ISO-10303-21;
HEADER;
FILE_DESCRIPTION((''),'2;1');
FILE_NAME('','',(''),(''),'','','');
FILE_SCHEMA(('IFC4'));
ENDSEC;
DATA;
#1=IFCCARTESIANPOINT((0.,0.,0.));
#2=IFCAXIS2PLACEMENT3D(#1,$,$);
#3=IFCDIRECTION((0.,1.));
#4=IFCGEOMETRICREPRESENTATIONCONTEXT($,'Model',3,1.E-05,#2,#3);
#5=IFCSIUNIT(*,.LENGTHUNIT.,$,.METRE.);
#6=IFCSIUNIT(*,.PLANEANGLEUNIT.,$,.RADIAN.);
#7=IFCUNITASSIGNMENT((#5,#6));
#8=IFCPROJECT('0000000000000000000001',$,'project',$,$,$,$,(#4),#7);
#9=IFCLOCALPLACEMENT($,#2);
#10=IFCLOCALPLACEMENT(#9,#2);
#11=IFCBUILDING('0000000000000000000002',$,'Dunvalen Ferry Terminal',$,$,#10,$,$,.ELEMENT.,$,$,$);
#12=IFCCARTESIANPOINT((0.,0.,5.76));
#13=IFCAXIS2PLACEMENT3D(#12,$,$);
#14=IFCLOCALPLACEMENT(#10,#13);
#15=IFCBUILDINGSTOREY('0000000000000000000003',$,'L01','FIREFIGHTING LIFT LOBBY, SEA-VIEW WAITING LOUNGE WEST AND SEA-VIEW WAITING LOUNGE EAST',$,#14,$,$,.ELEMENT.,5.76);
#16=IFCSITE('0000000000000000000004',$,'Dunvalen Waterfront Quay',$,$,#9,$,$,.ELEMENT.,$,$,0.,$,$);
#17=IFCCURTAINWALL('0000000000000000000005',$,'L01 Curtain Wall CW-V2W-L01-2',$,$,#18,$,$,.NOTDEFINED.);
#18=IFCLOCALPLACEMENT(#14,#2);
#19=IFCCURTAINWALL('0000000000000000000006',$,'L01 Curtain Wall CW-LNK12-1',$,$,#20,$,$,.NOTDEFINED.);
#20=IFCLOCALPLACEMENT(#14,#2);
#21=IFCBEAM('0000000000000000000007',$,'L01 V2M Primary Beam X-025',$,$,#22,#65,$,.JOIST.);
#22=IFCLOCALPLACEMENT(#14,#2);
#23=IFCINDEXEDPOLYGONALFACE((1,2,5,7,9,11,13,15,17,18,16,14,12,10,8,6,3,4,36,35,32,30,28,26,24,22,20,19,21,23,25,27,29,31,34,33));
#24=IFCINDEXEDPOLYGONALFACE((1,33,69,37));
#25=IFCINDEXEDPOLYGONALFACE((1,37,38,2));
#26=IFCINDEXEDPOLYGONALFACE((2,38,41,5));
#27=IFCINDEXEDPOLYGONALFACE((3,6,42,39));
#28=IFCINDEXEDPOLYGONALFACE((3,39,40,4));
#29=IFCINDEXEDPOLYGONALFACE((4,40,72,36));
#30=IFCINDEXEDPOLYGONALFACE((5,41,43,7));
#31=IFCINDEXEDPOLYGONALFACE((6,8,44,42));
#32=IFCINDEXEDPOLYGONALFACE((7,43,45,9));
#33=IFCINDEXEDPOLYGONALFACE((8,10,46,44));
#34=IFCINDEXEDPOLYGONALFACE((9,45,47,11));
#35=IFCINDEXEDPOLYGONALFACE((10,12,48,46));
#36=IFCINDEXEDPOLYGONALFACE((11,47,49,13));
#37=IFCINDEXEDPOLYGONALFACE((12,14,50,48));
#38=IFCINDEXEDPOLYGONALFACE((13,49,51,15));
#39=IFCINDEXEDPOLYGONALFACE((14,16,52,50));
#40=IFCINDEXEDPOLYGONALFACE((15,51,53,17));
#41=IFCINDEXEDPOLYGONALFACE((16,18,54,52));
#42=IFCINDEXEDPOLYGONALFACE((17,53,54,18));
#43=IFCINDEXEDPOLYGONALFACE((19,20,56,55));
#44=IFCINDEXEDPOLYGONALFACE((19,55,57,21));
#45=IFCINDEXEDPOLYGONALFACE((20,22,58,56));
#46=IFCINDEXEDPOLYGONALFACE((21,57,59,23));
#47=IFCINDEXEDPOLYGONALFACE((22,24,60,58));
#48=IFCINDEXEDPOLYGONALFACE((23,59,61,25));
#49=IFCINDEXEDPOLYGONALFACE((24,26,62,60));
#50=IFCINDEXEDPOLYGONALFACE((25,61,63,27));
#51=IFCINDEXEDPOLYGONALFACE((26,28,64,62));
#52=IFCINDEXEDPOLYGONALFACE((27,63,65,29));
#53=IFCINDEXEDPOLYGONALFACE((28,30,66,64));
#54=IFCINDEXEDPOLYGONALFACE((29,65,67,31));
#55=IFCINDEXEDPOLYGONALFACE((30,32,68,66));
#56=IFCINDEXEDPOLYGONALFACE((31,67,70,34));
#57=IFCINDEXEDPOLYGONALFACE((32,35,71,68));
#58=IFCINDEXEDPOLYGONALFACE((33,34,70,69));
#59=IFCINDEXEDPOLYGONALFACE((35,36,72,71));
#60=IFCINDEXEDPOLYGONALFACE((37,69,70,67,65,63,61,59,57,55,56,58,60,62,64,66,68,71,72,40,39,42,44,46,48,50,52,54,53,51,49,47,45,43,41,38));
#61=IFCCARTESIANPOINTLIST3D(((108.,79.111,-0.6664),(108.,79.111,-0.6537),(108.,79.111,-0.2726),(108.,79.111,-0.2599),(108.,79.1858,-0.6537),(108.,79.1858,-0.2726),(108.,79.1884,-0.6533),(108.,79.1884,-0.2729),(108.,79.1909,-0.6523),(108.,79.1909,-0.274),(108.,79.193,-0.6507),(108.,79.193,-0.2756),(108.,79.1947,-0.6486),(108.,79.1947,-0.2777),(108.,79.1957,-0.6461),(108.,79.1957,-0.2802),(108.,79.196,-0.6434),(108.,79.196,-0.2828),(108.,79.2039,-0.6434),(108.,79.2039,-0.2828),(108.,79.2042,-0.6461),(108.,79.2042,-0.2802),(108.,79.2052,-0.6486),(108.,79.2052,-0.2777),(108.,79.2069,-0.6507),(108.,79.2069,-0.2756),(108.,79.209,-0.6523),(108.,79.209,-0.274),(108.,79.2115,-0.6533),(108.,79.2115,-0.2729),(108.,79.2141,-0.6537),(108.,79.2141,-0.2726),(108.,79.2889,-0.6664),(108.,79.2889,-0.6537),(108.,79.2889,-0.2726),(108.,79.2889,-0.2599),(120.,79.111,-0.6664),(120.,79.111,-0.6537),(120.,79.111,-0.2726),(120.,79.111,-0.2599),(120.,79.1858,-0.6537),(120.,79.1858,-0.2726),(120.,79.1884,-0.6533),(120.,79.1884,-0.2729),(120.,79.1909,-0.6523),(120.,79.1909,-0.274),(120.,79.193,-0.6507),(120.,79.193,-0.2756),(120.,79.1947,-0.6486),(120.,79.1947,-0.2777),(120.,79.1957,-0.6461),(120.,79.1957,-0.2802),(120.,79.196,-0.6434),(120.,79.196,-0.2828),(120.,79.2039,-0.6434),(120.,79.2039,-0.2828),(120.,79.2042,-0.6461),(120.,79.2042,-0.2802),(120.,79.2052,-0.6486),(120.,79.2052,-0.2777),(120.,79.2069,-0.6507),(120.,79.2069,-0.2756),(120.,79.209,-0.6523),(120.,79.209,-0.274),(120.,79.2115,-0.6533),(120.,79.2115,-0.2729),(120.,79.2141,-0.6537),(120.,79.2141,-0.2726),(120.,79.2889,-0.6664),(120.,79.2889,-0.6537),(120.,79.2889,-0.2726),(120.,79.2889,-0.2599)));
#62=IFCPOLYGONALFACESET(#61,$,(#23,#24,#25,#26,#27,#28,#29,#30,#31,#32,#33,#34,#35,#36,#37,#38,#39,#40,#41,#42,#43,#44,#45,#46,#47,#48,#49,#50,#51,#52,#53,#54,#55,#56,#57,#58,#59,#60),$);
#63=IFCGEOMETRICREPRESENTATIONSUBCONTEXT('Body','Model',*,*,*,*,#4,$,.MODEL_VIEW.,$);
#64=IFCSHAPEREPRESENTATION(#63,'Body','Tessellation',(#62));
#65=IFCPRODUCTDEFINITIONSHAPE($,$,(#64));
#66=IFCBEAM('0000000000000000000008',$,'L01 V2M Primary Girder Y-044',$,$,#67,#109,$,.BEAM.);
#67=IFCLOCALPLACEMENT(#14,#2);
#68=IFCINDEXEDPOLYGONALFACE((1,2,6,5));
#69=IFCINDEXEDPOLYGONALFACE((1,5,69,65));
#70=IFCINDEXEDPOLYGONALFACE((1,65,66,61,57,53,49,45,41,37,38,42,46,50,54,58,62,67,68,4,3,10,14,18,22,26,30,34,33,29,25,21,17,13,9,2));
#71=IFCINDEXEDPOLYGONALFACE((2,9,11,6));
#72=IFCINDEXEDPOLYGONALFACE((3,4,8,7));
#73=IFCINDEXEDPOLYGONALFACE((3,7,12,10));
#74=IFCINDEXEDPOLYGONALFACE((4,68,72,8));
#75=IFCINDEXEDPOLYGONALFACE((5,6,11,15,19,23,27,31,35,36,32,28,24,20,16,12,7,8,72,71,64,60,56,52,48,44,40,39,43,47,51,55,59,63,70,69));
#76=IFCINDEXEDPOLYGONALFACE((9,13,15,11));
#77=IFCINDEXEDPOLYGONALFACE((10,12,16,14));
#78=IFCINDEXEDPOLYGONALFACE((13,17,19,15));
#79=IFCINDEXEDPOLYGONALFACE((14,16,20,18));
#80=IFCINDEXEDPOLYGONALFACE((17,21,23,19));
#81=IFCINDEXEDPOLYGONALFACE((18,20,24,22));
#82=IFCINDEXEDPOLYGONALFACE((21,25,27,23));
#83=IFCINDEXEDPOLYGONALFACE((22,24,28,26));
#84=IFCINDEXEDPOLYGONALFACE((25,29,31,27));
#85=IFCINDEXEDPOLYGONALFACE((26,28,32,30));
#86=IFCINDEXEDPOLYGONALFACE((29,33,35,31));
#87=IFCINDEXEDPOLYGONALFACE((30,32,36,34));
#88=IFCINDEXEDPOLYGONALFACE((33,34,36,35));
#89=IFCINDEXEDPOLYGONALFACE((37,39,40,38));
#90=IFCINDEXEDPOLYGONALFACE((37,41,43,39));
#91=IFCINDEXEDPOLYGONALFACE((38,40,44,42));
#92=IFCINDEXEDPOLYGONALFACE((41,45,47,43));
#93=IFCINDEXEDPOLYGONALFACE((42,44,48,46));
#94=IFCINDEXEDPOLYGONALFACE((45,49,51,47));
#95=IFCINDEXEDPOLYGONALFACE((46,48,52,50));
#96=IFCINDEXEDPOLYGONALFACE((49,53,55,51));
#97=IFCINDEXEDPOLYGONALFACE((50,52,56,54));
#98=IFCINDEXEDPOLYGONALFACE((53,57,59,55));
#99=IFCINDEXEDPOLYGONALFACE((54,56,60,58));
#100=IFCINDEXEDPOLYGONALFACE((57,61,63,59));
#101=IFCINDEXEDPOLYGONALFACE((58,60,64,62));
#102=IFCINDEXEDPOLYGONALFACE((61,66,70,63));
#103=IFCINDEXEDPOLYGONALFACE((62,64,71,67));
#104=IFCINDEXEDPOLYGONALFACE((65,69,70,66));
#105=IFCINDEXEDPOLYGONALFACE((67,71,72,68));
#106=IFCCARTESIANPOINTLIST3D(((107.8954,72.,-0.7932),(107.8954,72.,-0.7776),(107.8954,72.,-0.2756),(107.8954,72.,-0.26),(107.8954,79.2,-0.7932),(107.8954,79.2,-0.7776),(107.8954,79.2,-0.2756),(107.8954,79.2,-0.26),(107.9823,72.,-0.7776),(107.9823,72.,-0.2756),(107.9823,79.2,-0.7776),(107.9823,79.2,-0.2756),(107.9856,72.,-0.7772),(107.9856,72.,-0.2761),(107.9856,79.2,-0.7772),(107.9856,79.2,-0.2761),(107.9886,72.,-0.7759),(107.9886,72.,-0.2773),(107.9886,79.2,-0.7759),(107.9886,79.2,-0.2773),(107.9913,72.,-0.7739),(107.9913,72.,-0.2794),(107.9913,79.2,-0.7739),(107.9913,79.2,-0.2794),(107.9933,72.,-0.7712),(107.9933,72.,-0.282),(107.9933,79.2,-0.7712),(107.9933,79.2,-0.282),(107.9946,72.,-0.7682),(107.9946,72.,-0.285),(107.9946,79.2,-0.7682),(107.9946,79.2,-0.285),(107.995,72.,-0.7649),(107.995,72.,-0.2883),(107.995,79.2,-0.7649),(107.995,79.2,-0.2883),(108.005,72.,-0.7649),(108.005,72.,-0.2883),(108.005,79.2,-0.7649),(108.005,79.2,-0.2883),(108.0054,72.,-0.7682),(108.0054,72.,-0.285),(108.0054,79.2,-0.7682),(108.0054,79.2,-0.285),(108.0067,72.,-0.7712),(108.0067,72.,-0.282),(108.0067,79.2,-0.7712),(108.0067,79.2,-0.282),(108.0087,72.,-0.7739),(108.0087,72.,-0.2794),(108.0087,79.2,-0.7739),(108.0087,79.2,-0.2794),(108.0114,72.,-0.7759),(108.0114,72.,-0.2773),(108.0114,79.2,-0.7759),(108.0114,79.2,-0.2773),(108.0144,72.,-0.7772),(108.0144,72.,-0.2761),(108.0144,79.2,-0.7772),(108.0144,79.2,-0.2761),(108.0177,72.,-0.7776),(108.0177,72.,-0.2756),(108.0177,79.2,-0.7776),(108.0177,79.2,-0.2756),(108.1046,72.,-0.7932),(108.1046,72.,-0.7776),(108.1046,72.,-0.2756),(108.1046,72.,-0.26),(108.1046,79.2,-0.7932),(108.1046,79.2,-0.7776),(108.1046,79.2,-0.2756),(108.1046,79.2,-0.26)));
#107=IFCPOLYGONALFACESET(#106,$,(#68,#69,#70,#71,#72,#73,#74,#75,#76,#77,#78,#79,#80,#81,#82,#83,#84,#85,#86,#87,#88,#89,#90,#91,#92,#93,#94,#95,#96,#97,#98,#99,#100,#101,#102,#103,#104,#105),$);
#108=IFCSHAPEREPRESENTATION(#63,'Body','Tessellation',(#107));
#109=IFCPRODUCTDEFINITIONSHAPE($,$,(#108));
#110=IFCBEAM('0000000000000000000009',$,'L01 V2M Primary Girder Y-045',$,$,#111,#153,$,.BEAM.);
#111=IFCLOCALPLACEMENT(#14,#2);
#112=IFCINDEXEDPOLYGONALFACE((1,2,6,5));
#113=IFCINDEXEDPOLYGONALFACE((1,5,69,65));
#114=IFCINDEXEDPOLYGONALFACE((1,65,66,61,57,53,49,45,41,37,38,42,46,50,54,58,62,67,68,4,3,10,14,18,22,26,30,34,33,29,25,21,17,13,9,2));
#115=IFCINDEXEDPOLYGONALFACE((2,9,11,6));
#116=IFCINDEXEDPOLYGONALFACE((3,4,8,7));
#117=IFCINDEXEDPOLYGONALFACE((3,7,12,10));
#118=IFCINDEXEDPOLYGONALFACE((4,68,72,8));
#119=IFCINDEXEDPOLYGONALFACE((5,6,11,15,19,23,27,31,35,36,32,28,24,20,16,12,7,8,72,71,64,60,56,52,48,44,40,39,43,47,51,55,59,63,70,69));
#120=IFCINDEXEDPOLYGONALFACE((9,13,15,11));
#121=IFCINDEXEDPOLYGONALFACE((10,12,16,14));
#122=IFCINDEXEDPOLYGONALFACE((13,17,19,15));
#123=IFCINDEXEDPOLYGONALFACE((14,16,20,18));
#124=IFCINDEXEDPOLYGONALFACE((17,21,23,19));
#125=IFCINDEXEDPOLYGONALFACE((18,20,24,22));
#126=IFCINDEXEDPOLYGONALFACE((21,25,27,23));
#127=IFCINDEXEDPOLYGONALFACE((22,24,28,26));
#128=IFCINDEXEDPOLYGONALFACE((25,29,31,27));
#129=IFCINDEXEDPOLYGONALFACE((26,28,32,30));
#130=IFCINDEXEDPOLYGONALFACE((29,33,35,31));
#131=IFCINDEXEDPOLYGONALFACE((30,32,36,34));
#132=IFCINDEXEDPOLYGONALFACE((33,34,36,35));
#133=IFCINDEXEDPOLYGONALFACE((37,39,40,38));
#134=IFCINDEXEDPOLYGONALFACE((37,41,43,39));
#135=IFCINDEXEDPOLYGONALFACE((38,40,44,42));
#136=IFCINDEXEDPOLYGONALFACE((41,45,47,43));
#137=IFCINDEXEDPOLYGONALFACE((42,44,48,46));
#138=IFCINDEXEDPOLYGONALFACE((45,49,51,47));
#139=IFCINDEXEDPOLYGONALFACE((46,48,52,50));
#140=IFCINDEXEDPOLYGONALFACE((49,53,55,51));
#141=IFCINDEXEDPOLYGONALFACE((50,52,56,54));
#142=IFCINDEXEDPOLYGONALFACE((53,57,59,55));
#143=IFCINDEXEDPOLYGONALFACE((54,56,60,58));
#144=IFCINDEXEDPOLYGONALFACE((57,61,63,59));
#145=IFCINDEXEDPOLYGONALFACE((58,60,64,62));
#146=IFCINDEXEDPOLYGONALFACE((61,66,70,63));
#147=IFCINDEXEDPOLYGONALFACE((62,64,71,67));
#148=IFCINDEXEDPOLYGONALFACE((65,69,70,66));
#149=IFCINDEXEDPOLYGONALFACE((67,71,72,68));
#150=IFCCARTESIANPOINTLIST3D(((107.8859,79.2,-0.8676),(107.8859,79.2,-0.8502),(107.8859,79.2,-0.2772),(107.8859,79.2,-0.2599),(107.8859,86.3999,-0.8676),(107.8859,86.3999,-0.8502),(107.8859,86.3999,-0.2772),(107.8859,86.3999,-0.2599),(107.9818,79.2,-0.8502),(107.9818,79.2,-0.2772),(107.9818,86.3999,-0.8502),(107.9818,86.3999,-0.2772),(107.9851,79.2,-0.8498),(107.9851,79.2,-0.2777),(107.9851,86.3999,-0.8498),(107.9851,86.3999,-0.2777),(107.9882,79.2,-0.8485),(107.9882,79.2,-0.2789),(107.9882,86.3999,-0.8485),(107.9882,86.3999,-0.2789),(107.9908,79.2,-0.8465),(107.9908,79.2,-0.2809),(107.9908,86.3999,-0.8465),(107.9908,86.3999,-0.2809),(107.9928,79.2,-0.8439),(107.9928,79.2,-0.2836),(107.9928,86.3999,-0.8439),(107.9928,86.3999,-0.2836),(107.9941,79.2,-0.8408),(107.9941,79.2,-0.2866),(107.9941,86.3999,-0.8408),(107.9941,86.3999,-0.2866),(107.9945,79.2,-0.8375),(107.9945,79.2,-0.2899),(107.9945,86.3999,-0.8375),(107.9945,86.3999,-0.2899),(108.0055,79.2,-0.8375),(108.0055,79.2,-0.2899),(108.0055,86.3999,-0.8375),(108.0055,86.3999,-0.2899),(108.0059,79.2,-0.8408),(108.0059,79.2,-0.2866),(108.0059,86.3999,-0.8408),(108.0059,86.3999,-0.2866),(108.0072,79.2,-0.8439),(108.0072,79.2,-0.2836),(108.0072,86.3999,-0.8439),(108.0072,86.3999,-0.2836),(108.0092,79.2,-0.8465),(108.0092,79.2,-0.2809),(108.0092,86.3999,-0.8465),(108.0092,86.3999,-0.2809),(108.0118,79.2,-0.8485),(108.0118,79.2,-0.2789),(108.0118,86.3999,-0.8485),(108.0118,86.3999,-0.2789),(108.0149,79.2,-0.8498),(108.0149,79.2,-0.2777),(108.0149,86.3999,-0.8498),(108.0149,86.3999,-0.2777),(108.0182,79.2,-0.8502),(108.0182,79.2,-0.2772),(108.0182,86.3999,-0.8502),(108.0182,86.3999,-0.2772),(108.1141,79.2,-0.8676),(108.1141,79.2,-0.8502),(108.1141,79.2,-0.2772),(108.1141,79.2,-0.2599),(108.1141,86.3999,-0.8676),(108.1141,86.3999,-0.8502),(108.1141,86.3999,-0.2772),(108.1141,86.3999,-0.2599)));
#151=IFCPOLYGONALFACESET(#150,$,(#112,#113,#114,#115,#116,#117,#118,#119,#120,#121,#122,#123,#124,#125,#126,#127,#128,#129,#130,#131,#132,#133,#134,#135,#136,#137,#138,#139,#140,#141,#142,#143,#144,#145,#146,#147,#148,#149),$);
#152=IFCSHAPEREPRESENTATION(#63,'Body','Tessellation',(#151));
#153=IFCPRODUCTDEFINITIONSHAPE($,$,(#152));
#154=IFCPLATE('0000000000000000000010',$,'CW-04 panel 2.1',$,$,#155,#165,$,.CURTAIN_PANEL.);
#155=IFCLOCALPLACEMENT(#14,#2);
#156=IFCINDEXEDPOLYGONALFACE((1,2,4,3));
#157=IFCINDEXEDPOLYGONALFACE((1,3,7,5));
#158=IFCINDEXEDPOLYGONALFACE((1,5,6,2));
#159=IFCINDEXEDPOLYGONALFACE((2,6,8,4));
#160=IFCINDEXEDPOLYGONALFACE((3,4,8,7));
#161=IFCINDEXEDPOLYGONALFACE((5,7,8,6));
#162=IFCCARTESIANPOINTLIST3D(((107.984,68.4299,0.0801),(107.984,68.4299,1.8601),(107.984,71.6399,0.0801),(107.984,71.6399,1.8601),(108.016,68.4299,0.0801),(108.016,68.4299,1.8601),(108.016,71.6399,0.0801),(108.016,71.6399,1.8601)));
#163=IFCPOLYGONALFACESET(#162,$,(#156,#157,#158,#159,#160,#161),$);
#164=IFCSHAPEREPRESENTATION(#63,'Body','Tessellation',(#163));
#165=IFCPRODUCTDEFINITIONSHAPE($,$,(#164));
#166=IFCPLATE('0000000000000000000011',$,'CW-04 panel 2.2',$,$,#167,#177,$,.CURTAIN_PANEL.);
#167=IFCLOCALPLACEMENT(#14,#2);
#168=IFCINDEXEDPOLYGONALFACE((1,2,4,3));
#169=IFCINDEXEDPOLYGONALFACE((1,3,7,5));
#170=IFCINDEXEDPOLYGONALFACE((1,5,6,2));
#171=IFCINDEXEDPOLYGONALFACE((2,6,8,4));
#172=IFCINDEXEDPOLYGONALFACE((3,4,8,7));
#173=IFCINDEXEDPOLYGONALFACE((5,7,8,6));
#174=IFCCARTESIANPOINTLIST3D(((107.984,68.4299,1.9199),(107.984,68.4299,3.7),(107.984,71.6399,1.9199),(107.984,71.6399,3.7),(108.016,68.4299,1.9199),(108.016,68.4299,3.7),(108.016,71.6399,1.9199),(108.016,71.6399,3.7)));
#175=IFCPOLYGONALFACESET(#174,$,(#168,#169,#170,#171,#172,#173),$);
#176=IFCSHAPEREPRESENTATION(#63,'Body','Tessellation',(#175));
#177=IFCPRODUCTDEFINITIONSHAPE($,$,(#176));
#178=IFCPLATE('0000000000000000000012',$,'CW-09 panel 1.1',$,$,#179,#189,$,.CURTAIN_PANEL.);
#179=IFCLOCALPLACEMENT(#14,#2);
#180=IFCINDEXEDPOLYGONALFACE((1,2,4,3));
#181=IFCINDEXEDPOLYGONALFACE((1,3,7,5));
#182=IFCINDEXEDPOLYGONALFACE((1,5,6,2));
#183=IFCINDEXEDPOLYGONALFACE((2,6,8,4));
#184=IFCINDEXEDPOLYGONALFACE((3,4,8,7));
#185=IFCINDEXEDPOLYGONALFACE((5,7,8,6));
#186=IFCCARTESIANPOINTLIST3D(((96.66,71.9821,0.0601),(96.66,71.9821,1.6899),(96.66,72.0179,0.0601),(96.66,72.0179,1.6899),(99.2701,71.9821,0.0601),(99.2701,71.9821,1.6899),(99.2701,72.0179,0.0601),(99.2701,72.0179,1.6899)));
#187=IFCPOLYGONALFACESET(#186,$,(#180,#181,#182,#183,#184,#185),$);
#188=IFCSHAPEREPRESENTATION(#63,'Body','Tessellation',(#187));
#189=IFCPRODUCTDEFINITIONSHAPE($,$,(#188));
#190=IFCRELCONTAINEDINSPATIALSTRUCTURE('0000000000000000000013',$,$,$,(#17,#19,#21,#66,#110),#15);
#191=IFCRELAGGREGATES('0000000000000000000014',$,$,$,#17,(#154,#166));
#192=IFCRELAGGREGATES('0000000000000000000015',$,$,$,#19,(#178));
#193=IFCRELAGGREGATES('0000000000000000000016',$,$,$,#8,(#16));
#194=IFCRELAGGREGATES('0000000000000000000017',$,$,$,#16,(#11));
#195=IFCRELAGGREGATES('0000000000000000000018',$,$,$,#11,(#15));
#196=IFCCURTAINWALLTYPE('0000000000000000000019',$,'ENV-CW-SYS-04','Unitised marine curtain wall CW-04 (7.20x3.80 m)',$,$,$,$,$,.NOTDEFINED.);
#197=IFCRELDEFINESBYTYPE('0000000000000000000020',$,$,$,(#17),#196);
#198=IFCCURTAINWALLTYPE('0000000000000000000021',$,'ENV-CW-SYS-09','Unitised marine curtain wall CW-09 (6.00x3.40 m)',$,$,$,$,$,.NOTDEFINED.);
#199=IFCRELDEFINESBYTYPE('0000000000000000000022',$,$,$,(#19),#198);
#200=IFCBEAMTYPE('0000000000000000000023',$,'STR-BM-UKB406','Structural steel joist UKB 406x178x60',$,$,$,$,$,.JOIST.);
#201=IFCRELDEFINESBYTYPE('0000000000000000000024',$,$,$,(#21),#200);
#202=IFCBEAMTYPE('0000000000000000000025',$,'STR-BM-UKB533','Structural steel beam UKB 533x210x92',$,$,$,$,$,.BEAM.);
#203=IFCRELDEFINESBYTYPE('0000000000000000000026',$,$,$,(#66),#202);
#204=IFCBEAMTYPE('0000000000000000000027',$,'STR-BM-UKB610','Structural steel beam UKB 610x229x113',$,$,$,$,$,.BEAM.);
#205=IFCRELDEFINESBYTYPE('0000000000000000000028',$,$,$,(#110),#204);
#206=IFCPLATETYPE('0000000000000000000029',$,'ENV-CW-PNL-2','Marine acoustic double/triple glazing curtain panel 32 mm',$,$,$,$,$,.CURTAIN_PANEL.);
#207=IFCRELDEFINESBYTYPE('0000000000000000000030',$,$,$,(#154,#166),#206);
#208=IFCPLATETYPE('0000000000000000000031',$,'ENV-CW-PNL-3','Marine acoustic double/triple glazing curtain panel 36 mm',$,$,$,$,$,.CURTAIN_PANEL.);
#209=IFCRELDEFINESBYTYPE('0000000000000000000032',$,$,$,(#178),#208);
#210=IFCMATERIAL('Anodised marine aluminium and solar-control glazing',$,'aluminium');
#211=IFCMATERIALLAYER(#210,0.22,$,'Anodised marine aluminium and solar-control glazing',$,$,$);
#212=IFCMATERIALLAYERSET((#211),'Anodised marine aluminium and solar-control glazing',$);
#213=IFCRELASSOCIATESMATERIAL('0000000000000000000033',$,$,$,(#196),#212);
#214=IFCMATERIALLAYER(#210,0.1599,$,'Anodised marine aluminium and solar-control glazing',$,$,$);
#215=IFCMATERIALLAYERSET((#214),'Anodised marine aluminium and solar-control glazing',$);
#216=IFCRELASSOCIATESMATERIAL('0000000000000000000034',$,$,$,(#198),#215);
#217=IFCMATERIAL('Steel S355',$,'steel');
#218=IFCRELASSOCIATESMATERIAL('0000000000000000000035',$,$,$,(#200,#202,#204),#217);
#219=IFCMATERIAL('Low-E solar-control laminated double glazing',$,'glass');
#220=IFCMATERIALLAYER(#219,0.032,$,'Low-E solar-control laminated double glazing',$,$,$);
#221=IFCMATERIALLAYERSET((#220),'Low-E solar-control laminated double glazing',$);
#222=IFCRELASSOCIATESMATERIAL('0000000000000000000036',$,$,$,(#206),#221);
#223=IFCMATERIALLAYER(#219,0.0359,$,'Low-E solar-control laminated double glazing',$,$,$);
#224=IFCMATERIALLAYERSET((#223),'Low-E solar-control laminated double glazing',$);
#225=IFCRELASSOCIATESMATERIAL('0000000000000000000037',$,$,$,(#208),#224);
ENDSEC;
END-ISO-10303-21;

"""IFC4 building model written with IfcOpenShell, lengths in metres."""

from ifc_helpers import new_model, si_unit, direction, frame, origin, origin_2d, place, context, subcontext, project, spatial, rectangle, i_section, extrude, material, layer, layer_set, material_profile, profile_set, type_object, element, aggregate, save


model = new_model("IFC4")

# Units and contexts
model_context = context("Model", 3, precision=1e-05, world=origin(), true_north=direction((0.0, 1.0)))
body_context = subcontext(model_context, "Body", "Model", "MODEL_VIEW")
ifc_project = project(units=[si_unit("LENGTHUNIT", "METRE"), si_unit("PLANEANGLEUNIT", "RADIAN")], contexts=[model_context])

# Site, building, storey
site_placement = place(None, origin())
site = spatial("IfcSite", under=ifc_project, at=site_placement, Name="Dunvalen Waterfront Quay", CompositionType="ELEMENT", RefElevation=0.0)
building_placement = place(site_placement, origin())
building = spatial("IfcBuilding", under=site, at=building_placement, Name="Dunvalen Ferry Terminal", CompositionType="ELEMENT")
storey_placement = place(building_placement, frame((0.0, 0.0, 5.76)))
storey = spatial("IfcBuildingStorey", under=building, at=storey_placement, Name="L01", Description="FIREFIGHTING LIFT LOBBY, SEA-VIEW WAITING LOUNGE WEST AND SEA-VIEW WAITING LOUNGE EAST", CompositionType="ELEMENT", Elevation=5.76)

# Curtain walls
ifc_material_1 = material(Name="Anodised marine aluminium and solar-control glazing", Category="aluminium")
ifc_layer_1 = layer(ifc_material_1, 0.22, Name="Anodised marine aluminium and solar-control glazing")
ifc_layer_set_1 = layer_set([ifc_layer_1], Name="Anodised marine aluminium and solar-control glazing")
curtain_wall_type_1 = type_object("IfcCurtainWallType", Name="ENV-CW-SYS-04", Description="Unitised marine curtain wall CW-04 (7.20x3.80 m)", PredefinedType="NOTDEFINED", material=ifc_layer_set_1)
curtain_wall_1_placement = place(storey_placement, origin())
curtain_wall_1 = element("IfcCurtainWall", 1, at=curtain_wall_1_placement, inside=storey, type_object=curtain_wall_type_1, Name="L01 Curtain Wall CW-V2W-L01-2", PredefinedType="NOTDEFINED")
ifc_layer_2 = layer(ifc_material_1, 0.1599, Name="Anodised marine aluminium and solar-control glazing")
ifc_layer_set_2 = layer_set([ifc_layer_2], Name="Anodised marine aluminium and solar-control glazing")
curtain_wall_type_2 = type_object("IfcCurtainWallType", Name="ENV-CW-SYS-09", Description="Unitised marine curtain wall CW-09 (6.00x3.40 m)", PredefinedType="NOTDEFINED", material=ifc_layer_set_2)
curtain_wall_2_placement = place(storey_placement, origin())
curtain_wall_2 = element("IfcCurtainWall", 2, at=curtain_wall_2_placement, inside=storey, type_object=curtain_wall_type_2, Name="L01 Curtain Wall CW-LNK12-1", PredefinedType="NOTDEFINED")

# Beams
ifc_material_2 = material(Name="Steel S355", Category="steel")
ifc_material_profile_1 = material_profile(ifc_material_2, i_section(OverallWidth=0.178, OverallDepth=0.4065, WebThickness=0.0078, FlangeThickness=0.0127, FilletRadius=0.0103, at=origin_2d()), Name="Steel S355")
ifc_profile_set_1 = profile_set([ifc_material_profile_1], Name="Steel S355")
beam_type_1 = type_object("IfcBeamType", Name="STR-BM-UKB406", Description="Structural steel joist UKB 406x178x60", PredefinedType="JOIST", material=ifc_profile_set_1)
beam_1_placement = place(storey_placement, frame((108.0, 79.2, -0.4631), z_axis=(1.0, 0.0, 0.0), x_axis=(0.0, 1.0, 0.0)))
element("IfcBeam", 3, at=beam_1_placement, inside=storey, type_object=beam_type_1, Name="L01 V2M Primary Beam X-025", PredefinedType="JOIST", context=body_context, shape_type="SweptSolid", body=[
    extrude(i_section(OverallWidth=0.178, OverallDepth=0.4065, WebThickness=0.0078, FlangeThickness=0.0127, FilletRadius=0.0103, at=origin_2d()), origin(), (0.0, 0.0, 1.0), 12.0),
])
ifc_material_profile_2 = material_profile(ifc_material_2, i_section(OverallWidth=0.2092, OverallDepth=0.5332, WebThickness=0.01, FlangeThickness=0.0156, FilletRadius=0.0127, at=origin_2d()), Name="Steel S355")
ifc_profile_set_2 = profile_set([ifc_material_profile_2], Name="Steel S355")
beam_type_2 = type_object("IfcBeamType", Name="STR-BM-UKB533", Description="Structural steel beam UKB 533x210x92", PredefinedType="BEAM", material=ifc_profile_set_2)
beam_2_placement = place(storey_placement, frame((108.0, 72.0, -0.5266), z_axis=(0.0, 1.0, 0.0), x_axis=(-1.0, 0.0, 0.0)))
element("IfcBeam", 4, at=beam_2_placement, inside=storey, type_object=beam_type_2, Name="L01 V2M Primary Girder Y-044", PredefinedType="BEAM", context=body_context, shape_type="SweptSolid", body=[
    extrude(i_section(OverallWidth=0.2092, OverallDepth=0.5332, WebThickness=0.01, FlangeThickness=0.0156, FilletRadius=0.0127, at=origin_2d()), origin(), (0.0, 0.0, 1.0), 7.2),
])
ifc_material_profile_3 = material_profile(ifc_material_2, i_section(OverallWidth=0.2283, OverallDepth=0.6077, WebThickness=0.011, FlangeThickness=0.0173, FilletRadius=0.0127, at=origin_2d()), Name="Steel S355")
ifc_profile_set_3 = profile_set([ifc_material_profile_3], Name="Steel S355")
beam_type_3 = type_object("IfcBeamType", Name="STR-BM-UKB610", Description="Structural steel beam UKB 610x229x113", PredefinedType="BEAM", material=ifc_profile_set_3)
beam_3_placement = place(storey_placement, frame((108.0, 79.2, -0.5637), z_axis=(0.0, 1.0, 0.0), x_axis=(-1.0, 0.0, 0.0)))
element("IfcBeam", 5, at=beam_3_placement, inside=storey, type_object=beam_type_3, Name="L01 V2M Primary Girder Y-045", PredefinedType="BEAM", context=body_context, shape_type="SweptSolid", body=[
    extrude(i_section(OverallWidth=0.2283, OverallDepth=0.6077, WebThickness=0.011, FlangeThickness=0.0173, FilletRadius=0.0127, at=origin_2d()), origin(), (0.0, 0.0, 1.0), 7.2),
])

# Plates
ifc_material_3 = material(Name="Low-E solar-control laminated double glazing", Category="glass")
ifc_layer_3 = layer(ifc_material_3, 0.032, Name="Low-E solar-control laminated double glazing")
ifc_layer_set_3 = layer_set([ifc_layer_3], Name="Low-E solar-control laminated double glazing")
plate_type_1 = type_object("IfcPlateType", Name="ENV-CW-PNL-2", Description="Marine acoustic double/triple glazing curtain panel 32 mm", PredefinedType="CURTAIN_PANEL", material=ifc_layer_set_3)
plate_1_placement = place(storey_placement, frame((108.0, 70.0349, 0.0801), z_axis=(0.0, 0.0, 1.0), x_axis=(0.0, 1.0, 0.0)))
plate_1 = element("IfcPlate", 6, at=plate_1_placement, type_object=plate_type_1, Name="CW-04 panel 2.1", PredefinedType="CURTAIN_PANEL", context=body_context, shape_type="SweptSolid", body=[
    extrude(rectangle(XDim=3.21, YDim=0.032, at=origin_2d()), origin(), (0.0, 0.0, 1.0), 1.78),
])
plate_2_placement = place(storey_placement, frame((108.0, 70.0349, 1.9199), z_axis=(0.0, 0.0, 1.0), x_axis=(0.0, 1.0, 0.0)))
plate_2 = element("IfcPlate", 7, at=plate_2_placement, type_object=plate_type_1, Name="CW-04 panel 2.2", PredefinedType="CURTAIN_PANEL", context=body_context, shape_type="SweptSolid", body=[
    extrude(rectangle(XDim=3.21, YDim=0.032, at=origin_2d()), origin(), (0.0, 0.0, 1.0), 1.78),
])
aggregate(curtain_wall_1, [plate_1, plate_2])
ifc_layer_4 = layer(ifc_material_3, 0.0359, Name="Low-E solar-control laminated double glazing")
ifc_layer_set_4 = layer_set([ifc_layer_4], Name="Low-E solar-control laminated double glazing")
plate_type_2 = type_object("IfcPlateType", Name="ENV-CW-PNL-3", Description="Marine acoustic double/triple glazing curtain panel 36 mm", PredefinedType="CURTAIN_PANEL", material=ifc_layer_set_4)
plate_3_placement = place(storey_placement, frame((97.9651, 72.0, 0.0601), z_axis=(0.0, 0.0, 1.0), x_axis=(1.0, 0.0, 0.0)))
plate_3 = element("IfcPlate", 8, at=plate_3_placement, type_object=plate_type_2, Name="CW-09 panel 1.1", PredefinedType="CURTAIN_PANEL", context=body_context, shape_type="SweptSolid", body=[
    extrude(rectangle(XDim=2.6101, YDim=0.0359, at=origin_2d()), origin(), (0.0, 0.0, 1.0), 1.6299),
])
aggregate(curtain_wall_2, [plate_3])

save(model, "model.ifc")
